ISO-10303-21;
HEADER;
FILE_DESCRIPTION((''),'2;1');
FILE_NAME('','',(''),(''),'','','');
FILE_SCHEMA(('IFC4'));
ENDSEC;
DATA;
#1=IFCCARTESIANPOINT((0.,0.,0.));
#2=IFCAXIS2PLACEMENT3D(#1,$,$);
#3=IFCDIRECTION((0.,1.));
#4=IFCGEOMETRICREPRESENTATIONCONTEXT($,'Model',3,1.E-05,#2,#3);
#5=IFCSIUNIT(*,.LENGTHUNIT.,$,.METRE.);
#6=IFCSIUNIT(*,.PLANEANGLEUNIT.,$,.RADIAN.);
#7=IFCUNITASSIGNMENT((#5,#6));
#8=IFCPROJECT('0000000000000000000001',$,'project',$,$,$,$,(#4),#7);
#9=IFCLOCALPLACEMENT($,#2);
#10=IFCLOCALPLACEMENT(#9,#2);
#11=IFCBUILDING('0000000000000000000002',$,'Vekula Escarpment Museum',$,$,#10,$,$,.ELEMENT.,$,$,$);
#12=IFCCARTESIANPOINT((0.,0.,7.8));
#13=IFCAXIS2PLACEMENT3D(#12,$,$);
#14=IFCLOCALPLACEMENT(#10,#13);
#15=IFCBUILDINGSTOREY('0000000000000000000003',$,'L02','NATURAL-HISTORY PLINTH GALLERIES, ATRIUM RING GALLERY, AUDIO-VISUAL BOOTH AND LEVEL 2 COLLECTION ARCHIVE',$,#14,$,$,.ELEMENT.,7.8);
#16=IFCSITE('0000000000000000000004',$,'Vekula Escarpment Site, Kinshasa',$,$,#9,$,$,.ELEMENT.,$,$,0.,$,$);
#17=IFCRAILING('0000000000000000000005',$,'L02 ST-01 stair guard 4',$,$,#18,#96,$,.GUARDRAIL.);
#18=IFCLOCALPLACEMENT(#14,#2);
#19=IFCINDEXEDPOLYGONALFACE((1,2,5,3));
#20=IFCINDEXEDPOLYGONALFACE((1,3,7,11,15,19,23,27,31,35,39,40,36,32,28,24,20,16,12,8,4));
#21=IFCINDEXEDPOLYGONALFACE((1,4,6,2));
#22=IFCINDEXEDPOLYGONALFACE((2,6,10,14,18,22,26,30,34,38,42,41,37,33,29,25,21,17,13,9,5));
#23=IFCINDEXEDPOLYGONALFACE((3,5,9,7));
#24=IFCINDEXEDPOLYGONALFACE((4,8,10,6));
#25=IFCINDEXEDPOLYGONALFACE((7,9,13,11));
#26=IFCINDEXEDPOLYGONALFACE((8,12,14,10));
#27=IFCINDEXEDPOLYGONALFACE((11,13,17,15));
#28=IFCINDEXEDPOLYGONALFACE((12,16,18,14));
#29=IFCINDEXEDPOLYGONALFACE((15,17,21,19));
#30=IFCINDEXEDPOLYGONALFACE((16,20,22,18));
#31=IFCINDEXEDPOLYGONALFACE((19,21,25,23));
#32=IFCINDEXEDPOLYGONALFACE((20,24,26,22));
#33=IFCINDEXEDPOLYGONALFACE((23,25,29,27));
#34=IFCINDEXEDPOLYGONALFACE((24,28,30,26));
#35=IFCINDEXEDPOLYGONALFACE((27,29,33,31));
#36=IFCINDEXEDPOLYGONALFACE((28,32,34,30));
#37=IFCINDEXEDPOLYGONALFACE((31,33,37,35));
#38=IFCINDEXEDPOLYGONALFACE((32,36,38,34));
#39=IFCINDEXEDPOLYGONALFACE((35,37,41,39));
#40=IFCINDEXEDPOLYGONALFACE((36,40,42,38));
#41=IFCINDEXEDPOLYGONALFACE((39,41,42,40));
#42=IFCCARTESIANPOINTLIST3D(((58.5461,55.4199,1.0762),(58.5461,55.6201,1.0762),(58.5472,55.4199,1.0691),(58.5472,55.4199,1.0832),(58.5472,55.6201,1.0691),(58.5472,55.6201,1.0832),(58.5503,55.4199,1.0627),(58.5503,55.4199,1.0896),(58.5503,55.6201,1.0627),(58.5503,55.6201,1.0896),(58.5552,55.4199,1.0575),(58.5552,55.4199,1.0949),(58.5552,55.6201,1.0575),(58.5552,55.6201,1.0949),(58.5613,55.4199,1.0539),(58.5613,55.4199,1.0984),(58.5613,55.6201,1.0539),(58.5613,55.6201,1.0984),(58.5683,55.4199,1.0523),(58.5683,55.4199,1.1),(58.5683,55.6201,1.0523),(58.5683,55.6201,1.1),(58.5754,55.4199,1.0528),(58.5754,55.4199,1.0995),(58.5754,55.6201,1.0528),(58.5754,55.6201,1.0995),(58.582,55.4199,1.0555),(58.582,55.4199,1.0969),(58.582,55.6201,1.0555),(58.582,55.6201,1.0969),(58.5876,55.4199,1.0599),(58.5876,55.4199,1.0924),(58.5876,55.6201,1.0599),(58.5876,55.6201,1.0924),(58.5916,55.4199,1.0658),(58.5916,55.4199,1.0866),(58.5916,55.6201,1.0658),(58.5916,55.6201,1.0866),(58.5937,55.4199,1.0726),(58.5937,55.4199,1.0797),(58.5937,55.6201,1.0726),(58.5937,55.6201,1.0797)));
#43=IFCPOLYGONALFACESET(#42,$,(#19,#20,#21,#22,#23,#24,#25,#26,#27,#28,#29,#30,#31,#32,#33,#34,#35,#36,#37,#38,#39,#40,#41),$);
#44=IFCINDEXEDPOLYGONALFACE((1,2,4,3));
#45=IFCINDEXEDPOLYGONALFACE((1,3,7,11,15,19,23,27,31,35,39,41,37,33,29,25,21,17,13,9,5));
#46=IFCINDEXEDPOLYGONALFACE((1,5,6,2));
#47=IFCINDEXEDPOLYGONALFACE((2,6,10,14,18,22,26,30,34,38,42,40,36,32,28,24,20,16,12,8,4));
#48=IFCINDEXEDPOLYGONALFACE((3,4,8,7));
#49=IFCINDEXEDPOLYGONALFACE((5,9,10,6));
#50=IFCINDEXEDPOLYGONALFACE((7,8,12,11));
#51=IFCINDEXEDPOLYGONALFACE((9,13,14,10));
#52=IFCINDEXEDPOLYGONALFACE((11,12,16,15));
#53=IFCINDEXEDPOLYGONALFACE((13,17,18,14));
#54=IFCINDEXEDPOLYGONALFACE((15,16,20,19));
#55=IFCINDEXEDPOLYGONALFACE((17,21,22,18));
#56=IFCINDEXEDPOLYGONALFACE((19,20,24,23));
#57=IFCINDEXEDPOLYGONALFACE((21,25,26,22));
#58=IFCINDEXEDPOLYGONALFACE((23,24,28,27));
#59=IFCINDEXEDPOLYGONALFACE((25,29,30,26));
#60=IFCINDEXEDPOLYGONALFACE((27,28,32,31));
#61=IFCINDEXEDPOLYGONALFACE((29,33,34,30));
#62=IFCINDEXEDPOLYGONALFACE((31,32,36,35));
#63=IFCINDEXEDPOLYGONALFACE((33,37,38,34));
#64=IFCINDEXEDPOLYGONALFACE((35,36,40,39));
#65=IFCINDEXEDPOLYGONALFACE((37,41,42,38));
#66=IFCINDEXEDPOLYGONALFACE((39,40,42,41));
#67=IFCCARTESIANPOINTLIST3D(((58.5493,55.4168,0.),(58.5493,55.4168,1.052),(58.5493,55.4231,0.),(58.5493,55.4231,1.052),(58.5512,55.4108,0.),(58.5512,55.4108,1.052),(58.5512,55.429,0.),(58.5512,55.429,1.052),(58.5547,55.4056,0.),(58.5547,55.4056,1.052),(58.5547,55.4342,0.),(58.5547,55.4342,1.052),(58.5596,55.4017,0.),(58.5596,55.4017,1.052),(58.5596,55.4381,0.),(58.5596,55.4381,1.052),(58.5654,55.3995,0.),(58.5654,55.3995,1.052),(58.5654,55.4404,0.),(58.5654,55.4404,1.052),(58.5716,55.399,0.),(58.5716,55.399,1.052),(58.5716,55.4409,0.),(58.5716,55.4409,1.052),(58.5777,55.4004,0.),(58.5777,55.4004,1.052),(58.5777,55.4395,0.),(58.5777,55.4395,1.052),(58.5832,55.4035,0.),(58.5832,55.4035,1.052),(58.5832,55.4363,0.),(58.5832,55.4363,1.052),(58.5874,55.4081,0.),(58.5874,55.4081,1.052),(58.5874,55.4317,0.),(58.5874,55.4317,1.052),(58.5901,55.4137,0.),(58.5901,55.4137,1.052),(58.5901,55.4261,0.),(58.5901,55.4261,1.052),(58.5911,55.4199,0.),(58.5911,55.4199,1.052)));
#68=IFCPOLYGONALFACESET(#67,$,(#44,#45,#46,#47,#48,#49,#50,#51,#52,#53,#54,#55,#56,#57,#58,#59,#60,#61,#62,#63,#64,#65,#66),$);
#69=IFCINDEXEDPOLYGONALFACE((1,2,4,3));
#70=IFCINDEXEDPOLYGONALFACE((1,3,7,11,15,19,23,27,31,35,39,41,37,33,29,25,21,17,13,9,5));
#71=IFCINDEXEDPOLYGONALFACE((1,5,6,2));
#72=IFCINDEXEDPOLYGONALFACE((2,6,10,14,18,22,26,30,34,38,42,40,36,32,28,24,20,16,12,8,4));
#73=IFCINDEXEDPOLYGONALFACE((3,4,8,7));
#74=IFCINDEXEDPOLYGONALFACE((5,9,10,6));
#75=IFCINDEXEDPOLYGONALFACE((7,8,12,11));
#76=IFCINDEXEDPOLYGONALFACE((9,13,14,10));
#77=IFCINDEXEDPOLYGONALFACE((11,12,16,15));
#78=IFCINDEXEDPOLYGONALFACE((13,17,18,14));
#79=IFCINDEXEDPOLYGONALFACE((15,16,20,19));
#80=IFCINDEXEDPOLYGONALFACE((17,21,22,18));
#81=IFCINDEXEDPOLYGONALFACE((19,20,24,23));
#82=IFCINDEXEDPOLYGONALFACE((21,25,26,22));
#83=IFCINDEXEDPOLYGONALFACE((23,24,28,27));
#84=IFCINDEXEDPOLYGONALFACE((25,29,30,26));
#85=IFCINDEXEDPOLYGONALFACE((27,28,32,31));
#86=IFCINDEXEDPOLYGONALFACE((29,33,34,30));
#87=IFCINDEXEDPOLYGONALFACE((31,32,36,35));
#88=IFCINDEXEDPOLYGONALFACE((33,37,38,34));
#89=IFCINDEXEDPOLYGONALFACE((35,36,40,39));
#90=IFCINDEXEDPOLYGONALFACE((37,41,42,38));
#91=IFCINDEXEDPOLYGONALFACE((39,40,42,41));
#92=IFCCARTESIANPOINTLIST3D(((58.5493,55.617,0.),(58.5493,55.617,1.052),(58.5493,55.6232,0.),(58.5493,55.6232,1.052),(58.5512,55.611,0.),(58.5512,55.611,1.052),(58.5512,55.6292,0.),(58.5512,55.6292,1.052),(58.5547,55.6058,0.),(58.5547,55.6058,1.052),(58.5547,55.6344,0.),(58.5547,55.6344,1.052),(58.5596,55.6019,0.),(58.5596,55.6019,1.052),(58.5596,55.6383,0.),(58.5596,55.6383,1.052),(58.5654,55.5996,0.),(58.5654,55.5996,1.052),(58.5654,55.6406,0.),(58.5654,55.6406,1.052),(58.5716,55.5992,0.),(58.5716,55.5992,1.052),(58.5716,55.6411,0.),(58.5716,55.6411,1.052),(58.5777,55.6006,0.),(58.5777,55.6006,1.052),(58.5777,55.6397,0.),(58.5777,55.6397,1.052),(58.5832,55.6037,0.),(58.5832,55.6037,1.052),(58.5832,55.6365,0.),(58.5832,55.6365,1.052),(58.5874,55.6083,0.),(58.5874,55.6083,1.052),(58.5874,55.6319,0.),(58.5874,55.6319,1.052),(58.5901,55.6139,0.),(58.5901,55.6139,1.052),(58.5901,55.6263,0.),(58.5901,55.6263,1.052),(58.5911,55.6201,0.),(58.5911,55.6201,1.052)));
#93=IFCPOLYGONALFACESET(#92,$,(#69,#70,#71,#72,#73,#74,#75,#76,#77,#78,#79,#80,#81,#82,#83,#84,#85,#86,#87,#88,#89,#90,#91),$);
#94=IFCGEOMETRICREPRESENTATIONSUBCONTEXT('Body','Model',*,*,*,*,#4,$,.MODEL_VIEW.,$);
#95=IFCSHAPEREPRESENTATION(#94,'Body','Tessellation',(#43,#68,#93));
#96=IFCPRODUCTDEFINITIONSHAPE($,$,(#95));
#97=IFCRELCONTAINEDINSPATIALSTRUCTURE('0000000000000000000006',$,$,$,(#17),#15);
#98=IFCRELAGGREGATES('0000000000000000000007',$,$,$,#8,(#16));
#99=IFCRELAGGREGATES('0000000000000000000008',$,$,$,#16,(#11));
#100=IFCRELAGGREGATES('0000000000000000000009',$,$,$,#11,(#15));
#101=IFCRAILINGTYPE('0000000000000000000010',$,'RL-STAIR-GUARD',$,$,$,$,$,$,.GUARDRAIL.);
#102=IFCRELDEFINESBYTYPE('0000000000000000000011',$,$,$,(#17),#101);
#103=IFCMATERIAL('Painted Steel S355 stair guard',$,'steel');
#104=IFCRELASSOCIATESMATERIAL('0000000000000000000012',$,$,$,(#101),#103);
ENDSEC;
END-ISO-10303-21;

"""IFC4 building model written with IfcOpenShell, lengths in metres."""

from ifc_helpers import new_model, si_unit, direction, frame, origin, origin_2d, place, context, subcontext, project, spatial, circle, extrude, material, type_object, element, save


model = new_model("IFC4")

# Units and contexts
model_context = context("Model", 3, precision=1e-05, world=origin(), true_north=direction((0.0, 1.0)))
body_context = subcontext(model_context, "Body", "Model", "MODEL_VIEW")
ifc_project = project(units=[si_unit("LENGTHUNIT", "METRE"), si_unit("PLANEANGLEUNIT", "RADIAN")], contexts=[model_context])

# Site, building, storey
site_placement = place(None, origin())
site = spatial("IfcSite", under=ifc_project, at=site_placement, Name="Vekula Escarpment Site, Kinshasa", CompositionType="ELEMENT", RefElevation=0.0)
building_placement = place(site_placement, origin())
building = spatial("IfcBuilding", under=site, at=building_placement, Name="Vekula Escarpment Museum", CompositionType="ELEMENT")
storey_placement = place(building_placement, frame((0.0, 0.0, 7.8)))
storey = spatial("IfcBuildingStorey", under=building, at=storey_placement, Name="L02", Description="NATURAL-HISTORY PLINTH GALLERIES, ATRIUM RING GALLERY, AUDIO-VISUAL BOOTH AND LEVEL 2 COLLECTION ARCHIVE", CompositionType="ELEMENT", Elevation=7.8)

# Railing
ifc_material_1 = material(Name="Painted Steel S355 stair guard", Category="steel")
railing_type_1 = type_object("IfcRailingType", Name="RL-STAIR-GUARD", PredefinedType="GUARDRAIL", material=ifc_material_1)
railing_1_placement = place(storey_placement, frame((58.5701, 55.4199, 0.0)))
element("IfcRailing", 1, at=railing_1_placement, inside=storey, type_object=railing_type_1, Name="L02 ST-01 stair guard 4", PredefinedType="GUARDRAIL", context=body_context, shape_type="SweptSolid", body=[
    extrude(circle(Radius=0.0239, at=origin_2d()), frame((0.0, 0.0, 1.0762), z_axis=(0.0, 1.0, 0.0), x_axis=(-1.0, 0.0, 0.0)), (0.0, 0.0, 1.0), 0.2002),
    extrude(circle(Radius=0.021, at=origin_2d()), origin(), (0.0, 0.0, 1.0), 1.052),
    extrude(circle(Radius=0.021, at=origin_2d()), frame((0.0, 0.2002, 0.0)), (0.0, 0.0, 1.0), 1.052),
])

save(model, "model.ifc")
